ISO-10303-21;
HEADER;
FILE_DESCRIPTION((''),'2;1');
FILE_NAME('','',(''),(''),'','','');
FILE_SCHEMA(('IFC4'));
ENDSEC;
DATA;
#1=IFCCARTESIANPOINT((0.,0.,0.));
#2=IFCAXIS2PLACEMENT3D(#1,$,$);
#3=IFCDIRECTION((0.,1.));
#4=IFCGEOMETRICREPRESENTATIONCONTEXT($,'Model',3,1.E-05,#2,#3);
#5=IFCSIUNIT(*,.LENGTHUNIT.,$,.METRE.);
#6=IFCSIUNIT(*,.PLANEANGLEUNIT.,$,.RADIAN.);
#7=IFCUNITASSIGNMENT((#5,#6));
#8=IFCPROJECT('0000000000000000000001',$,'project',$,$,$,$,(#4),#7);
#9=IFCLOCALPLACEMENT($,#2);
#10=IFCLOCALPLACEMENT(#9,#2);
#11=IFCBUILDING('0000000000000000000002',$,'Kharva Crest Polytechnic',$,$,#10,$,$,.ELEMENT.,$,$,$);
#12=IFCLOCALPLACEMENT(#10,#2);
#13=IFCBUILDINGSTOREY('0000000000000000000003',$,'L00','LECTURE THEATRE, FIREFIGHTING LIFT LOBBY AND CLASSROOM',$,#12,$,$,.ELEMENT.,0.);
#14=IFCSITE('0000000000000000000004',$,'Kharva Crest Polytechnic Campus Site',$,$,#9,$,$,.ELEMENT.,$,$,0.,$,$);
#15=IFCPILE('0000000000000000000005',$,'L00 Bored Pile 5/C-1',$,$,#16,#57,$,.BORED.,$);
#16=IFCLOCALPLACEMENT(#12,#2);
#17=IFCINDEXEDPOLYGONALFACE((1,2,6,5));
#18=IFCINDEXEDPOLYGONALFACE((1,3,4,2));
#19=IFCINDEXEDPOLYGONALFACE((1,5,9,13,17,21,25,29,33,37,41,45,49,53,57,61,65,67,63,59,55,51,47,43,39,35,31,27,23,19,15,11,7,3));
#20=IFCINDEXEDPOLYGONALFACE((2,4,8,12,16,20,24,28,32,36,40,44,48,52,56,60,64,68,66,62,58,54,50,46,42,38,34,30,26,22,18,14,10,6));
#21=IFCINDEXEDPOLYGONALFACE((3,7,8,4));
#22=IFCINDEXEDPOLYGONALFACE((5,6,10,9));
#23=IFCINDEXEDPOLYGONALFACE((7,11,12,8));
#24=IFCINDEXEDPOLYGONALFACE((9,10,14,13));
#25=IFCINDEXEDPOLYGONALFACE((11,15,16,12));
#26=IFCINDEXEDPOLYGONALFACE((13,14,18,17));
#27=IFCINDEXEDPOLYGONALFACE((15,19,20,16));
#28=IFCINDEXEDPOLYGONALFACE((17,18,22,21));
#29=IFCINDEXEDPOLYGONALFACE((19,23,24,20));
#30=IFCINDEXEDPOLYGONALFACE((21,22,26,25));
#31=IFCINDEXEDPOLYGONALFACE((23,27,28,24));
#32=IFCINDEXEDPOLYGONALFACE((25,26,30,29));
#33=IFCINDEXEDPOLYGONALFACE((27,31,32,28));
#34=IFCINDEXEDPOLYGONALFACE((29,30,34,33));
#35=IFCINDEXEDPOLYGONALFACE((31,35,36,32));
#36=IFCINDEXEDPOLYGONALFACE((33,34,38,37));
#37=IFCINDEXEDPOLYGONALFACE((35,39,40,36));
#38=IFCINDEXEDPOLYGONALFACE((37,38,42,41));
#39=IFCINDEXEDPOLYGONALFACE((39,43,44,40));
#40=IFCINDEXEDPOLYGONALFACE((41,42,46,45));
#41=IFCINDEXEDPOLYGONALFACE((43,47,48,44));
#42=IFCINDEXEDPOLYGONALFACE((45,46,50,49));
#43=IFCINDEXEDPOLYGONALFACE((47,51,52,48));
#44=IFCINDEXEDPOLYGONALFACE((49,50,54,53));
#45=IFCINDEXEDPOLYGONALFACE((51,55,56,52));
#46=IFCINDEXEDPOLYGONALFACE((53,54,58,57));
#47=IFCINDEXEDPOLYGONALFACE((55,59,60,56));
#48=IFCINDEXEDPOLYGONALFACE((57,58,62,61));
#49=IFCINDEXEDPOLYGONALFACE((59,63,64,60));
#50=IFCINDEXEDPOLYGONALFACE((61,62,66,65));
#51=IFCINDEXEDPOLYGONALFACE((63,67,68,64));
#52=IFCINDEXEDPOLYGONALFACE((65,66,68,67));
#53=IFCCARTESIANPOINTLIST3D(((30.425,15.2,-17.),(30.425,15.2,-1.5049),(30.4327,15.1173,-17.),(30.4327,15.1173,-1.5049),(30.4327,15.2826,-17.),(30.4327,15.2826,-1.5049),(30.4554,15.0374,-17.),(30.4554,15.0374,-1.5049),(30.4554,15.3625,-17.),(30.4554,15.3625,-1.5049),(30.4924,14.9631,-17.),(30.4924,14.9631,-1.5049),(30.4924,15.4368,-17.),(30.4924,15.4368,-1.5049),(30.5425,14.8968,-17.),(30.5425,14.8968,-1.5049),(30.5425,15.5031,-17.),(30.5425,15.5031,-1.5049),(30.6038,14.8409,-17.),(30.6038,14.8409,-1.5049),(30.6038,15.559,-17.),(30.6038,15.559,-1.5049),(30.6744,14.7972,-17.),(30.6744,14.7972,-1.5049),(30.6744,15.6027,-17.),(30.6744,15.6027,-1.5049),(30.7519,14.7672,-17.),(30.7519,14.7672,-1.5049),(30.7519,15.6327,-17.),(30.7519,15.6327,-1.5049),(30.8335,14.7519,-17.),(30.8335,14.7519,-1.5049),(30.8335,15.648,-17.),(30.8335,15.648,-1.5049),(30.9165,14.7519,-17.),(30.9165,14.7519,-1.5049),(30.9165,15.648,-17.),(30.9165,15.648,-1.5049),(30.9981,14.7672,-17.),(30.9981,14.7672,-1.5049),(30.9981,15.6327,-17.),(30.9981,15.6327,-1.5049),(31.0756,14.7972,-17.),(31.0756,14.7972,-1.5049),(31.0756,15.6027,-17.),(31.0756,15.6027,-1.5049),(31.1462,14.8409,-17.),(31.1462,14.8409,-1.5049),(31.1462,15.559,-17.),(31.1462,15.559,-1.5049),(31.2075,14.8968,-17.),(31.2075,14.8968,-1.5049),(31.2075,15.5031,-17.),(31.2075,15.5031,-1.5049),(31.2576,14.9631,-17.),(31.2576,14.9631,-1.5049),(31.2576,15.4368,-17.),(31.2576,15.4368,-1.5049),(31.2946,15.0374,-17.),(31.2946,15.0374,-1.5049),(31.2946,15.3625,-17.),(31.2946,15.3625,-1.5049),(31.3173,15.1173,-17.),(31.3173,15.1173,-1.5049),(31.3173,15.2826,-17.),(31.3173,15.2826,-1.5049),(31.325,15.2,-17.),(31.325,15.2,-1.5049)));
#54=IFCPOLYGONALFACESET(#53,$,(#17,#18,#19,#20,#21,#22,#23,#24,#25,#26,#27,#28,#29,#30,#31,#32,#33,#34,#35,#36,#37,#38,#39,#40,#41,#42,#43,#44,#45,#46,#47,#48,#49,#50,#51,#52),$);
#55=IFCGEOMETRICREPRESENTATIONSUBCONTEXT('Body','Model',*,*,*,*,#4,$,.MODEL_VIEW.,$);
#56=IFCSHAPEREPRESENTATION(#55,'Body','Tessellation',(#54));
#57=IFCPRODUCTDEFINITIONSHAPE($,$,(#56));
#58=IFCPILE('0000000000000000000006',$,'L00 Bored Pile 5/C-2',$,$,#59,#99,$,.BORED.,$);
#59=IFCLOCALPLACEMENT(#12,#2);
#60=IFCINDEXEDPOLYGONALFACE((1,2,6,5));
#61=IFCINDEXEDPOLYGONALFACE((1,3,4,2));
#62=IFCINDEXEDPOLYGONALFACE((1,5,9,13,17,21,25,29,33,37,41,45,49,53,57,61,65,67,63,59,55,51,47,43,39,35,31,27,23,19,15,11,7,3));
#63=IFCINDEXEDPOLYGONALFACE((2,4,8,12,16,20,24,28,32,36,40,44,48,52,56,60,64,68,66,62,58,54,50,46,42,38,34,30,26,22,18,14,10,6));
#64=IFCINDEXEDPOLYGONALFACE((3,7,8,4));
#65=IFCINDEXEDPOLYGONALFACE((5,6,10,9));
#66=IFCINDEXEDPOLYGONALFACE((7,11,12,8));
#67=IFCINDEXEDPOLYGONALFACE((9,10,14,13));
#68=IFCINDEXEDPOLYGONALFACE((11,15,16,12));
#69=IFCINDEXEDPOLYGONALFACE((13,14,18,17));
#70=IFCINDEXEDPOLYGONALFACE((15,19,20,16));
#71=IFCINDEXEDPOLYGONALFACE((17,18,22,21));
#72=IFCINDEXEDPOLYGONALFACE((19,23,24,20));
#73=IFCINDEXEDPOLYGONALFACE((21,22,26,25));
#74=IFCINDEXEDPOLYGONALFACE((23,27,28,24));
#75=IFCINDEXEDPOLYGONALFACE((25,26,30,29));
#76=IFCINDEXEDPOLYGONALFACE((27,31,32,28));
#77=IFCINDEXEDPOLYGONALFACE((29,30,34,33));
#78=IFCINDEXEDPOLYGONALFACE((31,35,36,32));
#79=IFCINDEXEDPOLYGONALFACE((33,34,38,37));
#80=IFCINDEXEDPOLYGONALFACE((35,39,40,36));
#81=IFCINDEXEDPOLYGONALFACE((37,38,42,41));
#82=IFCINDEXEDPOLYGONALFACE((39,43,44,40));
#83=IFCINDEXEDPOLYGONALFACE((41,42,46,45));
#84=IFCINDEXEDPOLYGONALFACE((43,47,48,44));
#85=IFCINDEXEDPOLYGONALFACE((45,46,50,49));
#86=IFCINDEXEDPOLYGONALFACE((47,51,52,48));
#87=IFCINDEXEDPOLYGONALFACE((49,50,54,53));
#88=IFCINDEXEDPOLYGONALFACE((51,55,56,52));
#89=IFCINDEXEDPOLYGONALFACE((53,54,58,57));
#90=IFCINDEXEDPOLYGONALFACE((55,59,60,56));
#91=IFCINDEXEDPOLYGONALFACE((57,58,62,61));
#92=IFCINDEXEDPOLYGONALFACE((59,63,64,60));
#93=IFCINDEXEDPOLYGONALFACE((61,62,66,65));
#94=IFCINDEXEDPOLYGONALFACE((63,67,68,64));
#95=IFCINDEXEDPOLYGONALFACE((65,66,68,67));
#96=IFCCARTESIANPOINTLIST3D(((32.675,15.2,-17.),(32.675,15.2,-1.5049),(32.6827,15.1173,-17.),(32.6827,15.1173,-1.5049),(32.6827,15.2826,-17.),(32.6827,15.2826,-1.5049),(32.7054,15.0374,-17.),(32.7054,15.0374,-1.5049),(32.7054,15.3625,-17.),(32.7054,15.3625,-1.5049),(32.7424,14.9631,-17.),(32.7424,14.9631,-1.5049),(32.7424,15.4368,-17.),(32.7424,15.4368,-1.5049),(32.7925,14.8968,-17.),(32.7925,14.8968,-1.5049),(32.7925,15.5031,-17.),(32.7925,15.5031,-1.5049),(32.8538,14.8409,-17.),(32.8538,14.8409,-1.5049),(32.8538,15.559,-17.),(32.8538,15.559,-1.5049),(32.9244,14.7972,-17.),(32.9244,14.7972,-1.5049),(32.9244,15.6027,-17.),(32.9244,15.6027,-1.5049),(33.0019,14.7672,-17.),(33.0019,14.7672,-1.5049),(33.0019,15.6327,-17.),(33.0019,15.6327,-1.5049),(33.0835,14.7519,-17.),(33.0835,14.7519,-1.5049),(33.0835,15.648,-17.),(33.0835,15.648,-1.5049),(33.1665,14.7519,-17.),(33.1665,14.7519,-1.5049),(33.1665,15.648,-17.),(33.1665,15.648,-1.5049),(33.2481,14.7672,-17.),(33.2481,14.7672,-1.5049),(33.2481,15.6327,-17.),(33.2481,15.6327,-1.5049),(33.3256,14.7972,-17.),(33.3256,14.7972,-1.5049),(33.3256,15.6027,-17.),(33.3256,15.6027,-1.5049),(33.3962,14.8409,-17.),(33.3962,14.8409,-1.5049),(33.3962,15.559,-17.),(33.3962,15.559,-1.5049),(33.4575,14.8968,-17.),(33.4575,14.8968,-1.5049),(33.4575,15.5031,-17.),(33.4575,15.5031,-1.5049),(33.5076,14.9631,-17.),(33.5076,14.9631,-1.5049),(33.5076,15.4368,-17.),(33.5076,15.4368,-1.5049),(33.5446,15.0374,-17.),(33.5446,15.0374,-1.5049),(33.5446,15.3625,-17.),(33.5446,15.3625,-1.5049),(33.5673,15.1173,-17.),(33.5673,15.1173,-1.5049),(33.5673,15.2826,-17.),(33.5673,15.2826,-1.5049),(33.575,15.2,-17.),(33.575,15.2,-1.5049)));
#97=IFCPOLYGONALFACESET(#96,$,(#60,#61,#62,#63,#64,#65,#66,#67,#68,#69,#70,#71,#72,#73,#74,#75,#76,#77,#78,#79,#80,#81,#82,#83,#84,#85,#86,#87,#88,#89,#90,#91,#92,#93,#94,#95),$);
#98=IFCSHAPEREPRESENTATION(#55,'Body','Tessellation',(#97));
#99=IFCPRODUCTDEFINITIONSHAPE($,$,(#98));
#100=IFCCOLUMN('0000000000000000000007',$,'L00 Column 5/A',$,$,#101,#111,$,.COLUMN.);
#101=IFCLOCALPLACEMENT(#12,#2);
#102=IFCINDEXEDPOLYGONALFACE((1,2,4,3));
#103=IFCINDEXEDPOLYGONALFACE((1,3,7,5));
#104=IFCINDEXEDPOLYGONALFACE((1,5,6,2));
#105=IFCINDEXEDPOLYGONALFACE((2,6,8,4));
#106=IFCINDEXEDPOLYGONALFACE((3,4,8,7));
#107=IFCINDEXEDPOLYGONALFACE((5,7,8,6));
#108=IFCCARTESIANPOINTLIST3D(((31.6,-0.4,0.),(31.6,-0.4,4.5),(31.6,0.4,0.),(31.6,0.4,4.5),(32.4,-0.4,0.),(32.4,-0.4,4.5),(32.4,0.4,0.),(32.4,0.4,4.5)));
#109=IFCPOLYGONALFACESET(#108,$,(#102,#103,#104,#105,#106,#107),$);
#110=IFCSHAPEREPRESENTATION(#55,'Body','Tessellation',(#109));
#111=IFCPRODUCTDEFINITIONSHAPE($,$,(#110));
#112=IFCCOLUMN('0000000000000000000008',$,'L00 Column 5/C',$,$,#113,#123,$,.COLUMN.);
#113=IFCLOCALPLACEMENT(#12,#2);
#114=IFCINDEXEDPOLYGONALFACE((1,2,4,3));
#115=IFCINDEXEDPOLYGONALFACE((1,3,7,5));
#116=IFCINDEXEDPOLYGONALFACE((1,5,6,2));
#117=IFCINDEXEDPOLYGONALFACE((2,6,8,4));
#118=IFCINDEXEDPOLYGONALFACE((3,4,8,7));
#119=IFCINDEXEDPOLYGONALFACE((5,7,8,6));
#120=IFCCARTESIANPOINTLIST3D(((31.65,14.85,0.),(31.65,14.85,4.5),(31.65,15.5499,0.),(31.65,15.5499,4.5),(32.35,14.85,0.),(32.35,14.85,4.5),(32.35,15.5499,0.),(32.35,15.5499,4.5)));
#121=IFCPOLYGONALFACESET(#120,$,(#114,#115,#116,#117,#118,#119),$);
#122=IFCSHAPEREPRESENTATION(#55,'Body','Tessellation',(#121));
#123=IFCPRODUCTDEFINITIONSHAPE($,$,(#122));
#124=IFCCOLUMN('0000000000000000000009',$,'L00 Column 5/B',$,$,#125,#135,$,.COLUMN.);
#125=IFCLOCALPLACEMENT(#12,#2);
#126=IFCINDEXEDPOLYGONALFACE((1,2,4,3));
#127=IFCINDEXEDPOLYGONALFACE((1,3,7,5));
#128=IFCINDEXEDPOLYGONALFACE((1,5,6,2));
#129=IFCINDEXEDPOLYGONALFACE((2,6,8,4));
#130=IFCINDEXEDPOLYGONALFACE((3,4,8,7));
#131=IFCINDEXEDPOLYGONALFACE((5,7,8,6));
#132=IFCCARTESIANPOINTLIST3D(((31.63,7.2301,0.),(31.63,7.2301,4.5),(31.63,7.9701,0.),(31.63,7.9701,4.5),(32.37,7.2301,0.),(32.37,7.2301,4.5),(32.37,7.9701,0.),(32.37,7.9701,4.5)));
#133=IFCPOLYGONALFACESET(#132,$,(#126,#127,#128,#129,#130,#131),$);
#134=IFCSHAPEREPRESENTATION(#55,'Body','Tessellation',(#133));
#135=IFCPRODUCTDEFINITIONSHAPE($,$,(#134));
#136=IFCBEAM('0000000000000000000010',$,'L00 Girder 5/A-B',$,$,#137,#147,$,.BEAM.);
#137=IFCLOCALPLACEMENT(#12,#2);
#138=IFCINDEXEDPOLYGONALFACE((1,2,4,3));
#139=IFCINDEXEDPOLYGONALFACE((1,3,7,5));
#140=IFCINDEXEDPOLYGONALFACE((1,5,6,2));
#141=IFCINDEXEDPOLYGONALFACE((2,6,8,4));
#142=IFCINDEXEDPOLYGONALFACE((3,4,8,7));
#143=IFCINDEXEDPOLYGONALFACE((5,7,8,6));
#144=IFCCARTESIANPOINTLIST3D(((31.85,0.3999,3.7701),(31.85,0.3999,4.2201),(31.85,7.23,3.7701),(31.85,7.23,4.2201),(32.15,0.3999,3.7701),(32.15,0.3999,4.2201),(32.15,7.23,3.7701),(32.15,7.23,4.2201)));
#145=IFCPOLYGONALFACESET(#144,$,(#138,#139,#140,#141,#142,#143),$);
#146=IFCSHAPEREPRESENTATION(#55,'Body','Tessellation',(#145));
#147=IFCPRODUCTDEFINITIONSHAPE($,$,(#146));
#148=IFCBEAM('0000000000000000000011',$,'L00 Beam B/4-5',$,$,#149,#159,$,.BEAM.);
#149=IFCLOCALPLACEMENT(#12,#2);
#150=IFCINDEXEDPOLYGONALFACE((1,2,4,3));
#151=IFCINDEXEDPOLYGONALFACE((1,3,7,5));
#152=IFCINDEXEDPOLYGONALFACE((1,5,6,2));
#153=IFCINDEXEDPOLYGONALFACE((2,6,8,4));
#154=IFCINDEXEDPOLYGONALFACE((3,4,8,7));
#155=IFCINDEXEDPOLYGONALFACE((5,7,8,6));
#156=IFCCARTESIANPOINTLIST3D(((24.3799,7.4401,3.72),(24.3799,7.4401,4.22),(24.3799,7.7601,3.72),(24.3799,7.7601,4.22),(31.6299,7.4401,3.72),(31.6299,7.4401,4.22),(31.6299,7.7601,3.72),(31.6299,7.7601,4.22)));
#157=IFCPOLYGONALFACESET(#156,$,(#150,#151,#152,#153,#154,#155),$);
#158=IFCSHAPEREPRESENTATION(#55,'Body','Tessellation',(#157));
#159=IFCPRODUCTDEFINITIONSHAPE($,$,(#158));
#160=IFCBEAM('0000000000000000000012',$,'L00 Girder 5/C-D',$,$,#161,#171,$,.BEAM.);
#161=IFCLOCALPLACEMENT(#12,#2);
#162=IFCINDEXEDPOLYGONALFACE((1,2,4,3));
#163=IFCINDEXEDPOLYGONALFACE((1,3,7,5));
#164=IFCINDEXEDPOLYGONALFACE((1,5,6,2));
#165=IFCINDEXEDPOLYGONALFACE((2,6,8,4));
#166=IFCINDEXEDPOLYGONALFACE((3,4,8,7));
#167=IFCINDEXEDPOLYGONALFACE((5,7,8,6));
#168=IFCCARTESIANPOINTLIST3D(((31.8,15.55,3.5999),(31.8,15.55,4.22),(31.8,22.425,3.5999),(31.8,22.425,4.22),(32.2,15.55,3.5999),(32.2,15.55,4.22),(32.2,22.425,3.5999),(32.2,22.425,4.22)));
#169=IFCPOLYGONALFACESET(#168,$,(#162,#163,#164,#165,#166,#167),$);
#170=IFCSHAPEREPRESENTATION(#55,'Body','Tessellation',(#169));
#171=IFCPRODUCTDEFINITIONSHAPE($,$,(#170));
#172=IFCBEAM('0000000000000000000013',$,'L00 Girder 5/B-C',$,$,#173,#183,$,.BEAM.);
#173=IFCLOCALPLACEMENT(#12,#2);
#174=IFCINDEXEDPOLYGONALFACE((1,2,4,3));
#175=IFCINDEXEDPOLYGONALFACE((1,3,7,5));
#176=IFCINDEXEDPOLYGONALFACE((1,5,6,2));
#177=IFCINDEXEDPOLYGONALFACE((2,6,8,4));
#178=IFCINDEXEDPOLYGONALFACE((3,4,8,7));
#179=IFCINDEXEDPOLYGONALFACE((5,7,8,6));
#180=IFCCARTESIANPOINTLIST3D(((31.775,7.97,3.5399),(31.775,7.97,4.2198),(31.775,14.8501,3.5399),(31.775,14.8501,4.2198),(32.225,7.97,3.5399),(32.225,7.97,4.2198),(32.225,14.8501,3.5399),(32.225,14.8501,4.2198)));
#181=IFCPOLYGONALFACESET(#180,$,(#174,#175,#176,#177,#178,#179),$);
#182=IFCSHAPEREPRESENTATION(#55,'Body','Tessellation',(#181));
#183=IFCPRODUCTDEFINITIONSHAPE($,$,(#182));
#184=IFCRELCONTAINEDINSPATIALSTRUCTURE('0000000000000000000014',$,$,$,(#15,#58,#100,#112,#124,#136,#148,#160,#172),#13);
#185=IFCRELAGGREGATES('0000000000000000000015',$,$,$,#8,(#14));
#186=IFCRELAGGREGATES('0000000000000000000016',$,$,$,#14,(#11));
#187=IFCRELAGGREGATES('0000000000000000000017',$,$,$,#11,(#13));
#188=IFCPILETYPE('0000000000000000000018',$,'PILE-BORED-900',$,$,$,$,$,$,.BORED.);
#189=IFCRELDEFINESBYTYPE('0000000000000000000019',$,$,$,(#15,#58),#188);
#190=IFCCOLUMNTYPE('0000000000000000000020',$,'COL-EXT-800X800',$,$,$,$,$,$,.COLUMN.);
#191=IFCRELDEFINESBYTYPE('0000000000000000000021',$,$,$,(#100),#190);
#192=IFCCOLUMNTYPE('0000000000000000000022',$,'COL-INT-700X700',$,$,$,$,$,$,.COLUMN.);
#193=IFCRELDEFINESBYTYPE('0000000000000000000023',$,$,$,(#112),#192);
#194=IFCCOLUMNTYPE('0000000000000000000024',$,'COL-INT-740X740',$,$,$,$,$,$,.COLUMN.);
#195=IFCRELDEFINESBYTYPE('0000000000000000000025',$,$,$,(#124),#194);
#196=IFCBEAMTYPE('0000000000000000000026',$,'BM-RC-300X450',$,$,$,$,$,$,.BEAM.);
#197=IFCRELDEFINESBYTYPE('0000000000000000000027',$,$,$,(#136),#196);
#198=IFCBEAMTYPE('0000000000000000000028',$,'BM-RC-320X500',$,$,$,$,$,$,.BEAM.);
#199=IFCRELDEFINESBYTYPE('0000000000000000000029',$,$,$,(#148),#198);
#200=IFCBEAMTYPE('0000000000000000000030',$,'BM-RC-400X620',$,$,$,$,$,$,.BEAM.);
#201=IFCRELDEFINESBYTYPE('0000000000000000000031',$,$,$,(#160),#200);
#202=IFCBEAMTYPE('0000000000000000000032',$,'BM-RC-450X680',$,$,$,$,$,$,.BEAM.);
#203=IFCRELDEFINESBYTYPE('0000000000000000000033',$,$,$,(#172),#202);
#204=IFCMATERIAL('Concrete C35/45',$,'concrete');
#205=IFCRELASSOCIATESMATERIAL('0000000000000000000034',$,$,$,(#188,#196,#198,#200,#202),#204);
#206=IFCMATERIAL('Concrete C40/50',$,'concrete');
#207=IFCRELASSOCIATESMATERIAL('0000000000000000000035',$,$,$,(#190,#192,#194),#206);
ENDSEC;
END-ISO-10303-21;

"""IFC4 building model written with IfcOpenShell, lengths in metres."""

from ifc_helpers import new_model, si_unit, direction, frame, origin, origin_2d, place, context, subcontext, project, spatial, rectangle, circle, extrude, material, material_profile, profile_set, type_object, element, save


model = new_model("IFC4")

# Units and contexts
model_context = context("Model", 3, precision=1e-05, world=origin(), true_north=direction((0.0, 1.0)))
body_context = subcontext(model_context, "Body", "Model", "MODEL_VIEW")
ifc_project = project(units=[si_unit("LENGTHUNIT", "METRE"), si_unit("PLANEANGLEUNIT", "RADIAN")], contexts=[model_context])

# Site, building, storey
site_placement = place(None, origin())
site = spatial("IfcSite", under=ifc_project, at=site_placement, Name="Kharva Crest Polytechnic Campus Site", CompositionType="ELEMENT", RefElevation=0.0)
building_placement = place(site_placement, origin())
building = spatial("IfcBuilding", under=site, at=building_placement, Name="Kharva Crest Polytechnic", CompositionType="ELEMENT")
storey_placement = place(building_placement, origin())
storey = spatial("IfcBuildingStorey", under=building, at=storey_placement, Name="L00", Description="LECTURE THEATRE, FIREFIGHTING LIFT LOBBY AND CLASSROOM", CompositionType="ELEMENT", Elevation=0.0)

# Shared definitions
ifc_material_1 = material(Name="Concrete C35/45", Category="concrete")

# Piles
ifc_material_profile_1 = material_profile(ifc_material_1, circle(Radius=0.45, at=origin_2d()), Name="DIA 900")
ifc_profile_set_1 = profile_set([ifc_material_profile_1], Name="Concrete C35/45")
pile_type_1 = type_object("IfcPileType", Name="PILE-BORED-900", PredefinedType="BORED", material=ifc_profile_set_1)
for number, where, z_axis, x_axis, name in (
    (1, (30.875, 15.2, -1.5049), (0.0, 0.0, -1.0), (1.0, 0.0, 0.0), "L00 Bored Pile 5/C-1"),
    (2, (33.125, 15.2, -1.5049), (0.0, 0.0, -1.0), (1.0, 0.0, 0.0), "L00 Bored Pile 5/C-2"),
):
    element("IfcPile", number, at=place(storey_placement, frame(where, z_axis=z_axis, x_axis=x_axis)), inside=storey, type_object=pile_type_1, Name=name, PredefinedType="BORED", context=body_context, shape_type="SweptSolid", body=[
        extrude(circle(Radius=0.45, at=origin_2d()), origin(), (0.0, 0.0, 1.0), 15.4951),
    ])

# Columns
ifc_material_2 = material(Name="Concrete C40/50", Category="concrete")
ifc_material_profile_2 = material_profile(ifc_material_2, rectangle(XDim=0.8, YDim=0.8, at=origin_2d()), Name="RECT 800 X 800")
ifc_profile_set_2 = profile_set([ifc_material_profile_2], Name="Concrete C40/50")
column_type_1 = type_object("IfcColumnType", Name="COL-EXT-800X800", PredefinedType="COLUMN", material=ifc_profile_set_2)
column_1_placement = place(storey_placement, frame((32.0, 0.0, 0.0), z_axis=(0.0, 0.0, 1.0), x_axis=(1.0, 0.0, 0.0)))
element("IfcColumn", 3, at=column_1_placement, inside=storey, type_object=column_type_1, Name="L00 Column 5/A", PredefinedType="COLUMN", context=body_context, shape_type="SweptSolid", body=[
    extrude(rectangle(XDim=0.8, YDim=0.8, at=origin_2d()), origin(), (0.0, 0.0, 1.0), 4.5),
])
ifc_material_profile_3 = material_profile(ifc_material_2, rectangle(XDim=0.7, YDim=0.7, at=origin_2d()), Name="RECT 700 X 700")
ifc_profile_set_3 = profile_set([ifc_material_profile_3], Name="Concrete C40/50")
column_type_2 = type_object("IfcColumnType", Name="COL-INT-700X700", PredefinedType="COLUMN", material=ifc_profile_set_3)
column_2_placement = place(storey_placement, frame((32.0, 15.2, 0.0), z_axis=(0.0, 0.0, 1.0), x_axis=(1.0, 0.0, 0.0)))
element("IfcColumn", 4, at=column_2_placement, inside=storey, type_object=column_type_2, Name="L00 Column 5/C", PredefinedType="COLUMN", context=body_context, shape_type="SweptSolid", body=[
    extrude(rectangle(XDim=0.7, YDim=0.7, at=origin_2d()), origin(), (0.0, 0.0, 1.0), 4.5),
])
ifc_material_profile_4 = material_profile(ifc_material_2, rectangle(XDim=0.74, YDim=0.74, at=origin_2d()), Name="RECT 740 X 740")
ifc_profile_set_4 = profile_set([ifc_material_profile_4], Name="Concrete C40/50")
column_type_3 = type_object("IfcColumnType", Name="COL-INT-740X740", PredefinedType="COLUMN", material=ifc_profile_set_4)
column_3_placement = place(storey_placement, frame((32.0, 7.6001, 0.0), z_axis=(0.0, 0.0, 1.0), x_axis=(1.0, 0.0, 0.0)))
element("IfcColumn", 5, at=column_3_placement, inside=storey, type_object=column_type_3, Name="L00 Column 5/B", PredefinedType="COLUMN", context=body_context, shape_type="SweptSolid", body=[
    extrude(rectangle(XDim=0.74, YDim=0.74, at=origin_2d()), origin(), (0.0, 0.0, 1.0), 4.5),
])

# Beams
ifc_material_profile_5 = material_profile(ifc_material_1, rectangle(XDim=0.3, YDim=0.45, at=origin_2d()), Name="RECT 300 X 450")
ifc_profile_set_5 = profile_set([ifc_material_profile_5], Name="Concrete C35/45")
beam_type_1 = type_object("IfcBeamType", Name="BM-RC-300X450", PredefinedType="BEAM", material=ifc_profile_set_5)
beam_1_placement = place(storey_placement, frame((32.0, 0.3999, 3.9951), z_axis=(0.0, 1.0, 0.0), x_axis=(-1.0, 0.0, 0.0)))
element("IfcBeam", 6, at=beam_1_placement, inside=storey, type_object=beam_type_1, Name="L00 Girder 5/A-B", PredefinedType="BEAM", context=body_context, shape_type="SweptSolid", body=[
    extrude(rectangle(XDim=0.3, YDim=0.45, at=origin_2d()), origin(), (0.0, 0.0, 1.0), 6.8301),
])
ifc_material_profile_6 = material_profile(ifc_material_1, rectangle(XDim=0.3201, YDim=0.5, at=origin_2d()), Name="RECT 320 X 500")
ifc_profile_set_6 = profile_set([ifc_material_profile_6], Name="Concrete C35/45")
beam_type_2 = type_object("IfcBeamType", Name="BM-RC-320X500", PredefinedType="BEAM", material=ifc_profile_set_6)
beam_2_placement = place(storey_placement, frame((24.3799, 7.6001, 3.97), z_axis=(1.0, 0.0, 0.0), x_axis=(0.0, 1.0, 0.0)))
element("IfcBeam", 7, at=beam_2_placement, inside=storey, type_object=beam_type_2, Name="L00 Beam B/4-5", PredefinedType="BEAM", context=body_context, shape_type="SweptSolid", body=[
    extrude(rectangle(XDim=0.3201, YDim=0.5, at=origin_2d()), origin(), (0.0, 0.0, 1.0), 7.25),
])
ifc_material_profile_7 = material_profile(ifc_material_1, rectangle(XDim=0.3999, YDim=0.6201, at=origin_2d()), Name="RECT 400 X 620")
ifc_profile_set_7 = profile_set([ifc_material_profile_7], Name="Concrete C35/45")
beam_type_3 = type_object("IfcBeamType", Name="BM-RC-400X620", PredefinedType="BEAM", material=ifc_profile_set_7)
beam_3_placement = place(storey_placement, frame((32.0, 15.55, 3.9099), z_axis=(0.0, 1.0, 0.0), x_axis=(-1.0, 0.0, 0.0)))
element("IfcBeam", 8, at=beam_3_placement, inside=storey, type_object=beam_type_3, Name="L00 Girder 5/C-D", PredefinedType="BEAM", context=body_context, shape_type="SweptSolid", body=[
    extrude(rectangle(XDim=0.3999, YDim=0.6201, at=origin_2d()), origin(), (0.0, 0.0, 1.0), 6.875),
])
ifc_material_profile_8 = material_profile(ifc_material_1, rectangle(XDim=0.45, YDim=0.6799, at=origin_2d()), Name="RECT 450 X 680")
ifc_profile_set_8 = profile_set([ifc_material_profile_8], Name="Concrete C35/45")
beam_type_4 = type_object("IfcBeamType", Name="BM-RC-450X680", PredefinedType="BEAM", material=ifc_profile_set_8)
beam_4_placement = place(storey_placement, frame((32.0, 7.97, 3.8799), z_axis=(0.0, 1.0, 0.0), x_axis=(-1.0, 0.0, 0.0)))
element("IfcBeam", 9, at=beam_4_placement, inside=storey, type_object=beam_type_4, Name="L00 Girder 5/B-C", PredefinedType="BEAM", context=body_context, shape_type="SweptSolid", body=[
    extrude(rectangle(XDim=0.45, YDim=0.6799, at=origin_2d()), origin(), (0.0, 0.0, 1.0), 6.8801),
])

save(model, "model.ifc")
